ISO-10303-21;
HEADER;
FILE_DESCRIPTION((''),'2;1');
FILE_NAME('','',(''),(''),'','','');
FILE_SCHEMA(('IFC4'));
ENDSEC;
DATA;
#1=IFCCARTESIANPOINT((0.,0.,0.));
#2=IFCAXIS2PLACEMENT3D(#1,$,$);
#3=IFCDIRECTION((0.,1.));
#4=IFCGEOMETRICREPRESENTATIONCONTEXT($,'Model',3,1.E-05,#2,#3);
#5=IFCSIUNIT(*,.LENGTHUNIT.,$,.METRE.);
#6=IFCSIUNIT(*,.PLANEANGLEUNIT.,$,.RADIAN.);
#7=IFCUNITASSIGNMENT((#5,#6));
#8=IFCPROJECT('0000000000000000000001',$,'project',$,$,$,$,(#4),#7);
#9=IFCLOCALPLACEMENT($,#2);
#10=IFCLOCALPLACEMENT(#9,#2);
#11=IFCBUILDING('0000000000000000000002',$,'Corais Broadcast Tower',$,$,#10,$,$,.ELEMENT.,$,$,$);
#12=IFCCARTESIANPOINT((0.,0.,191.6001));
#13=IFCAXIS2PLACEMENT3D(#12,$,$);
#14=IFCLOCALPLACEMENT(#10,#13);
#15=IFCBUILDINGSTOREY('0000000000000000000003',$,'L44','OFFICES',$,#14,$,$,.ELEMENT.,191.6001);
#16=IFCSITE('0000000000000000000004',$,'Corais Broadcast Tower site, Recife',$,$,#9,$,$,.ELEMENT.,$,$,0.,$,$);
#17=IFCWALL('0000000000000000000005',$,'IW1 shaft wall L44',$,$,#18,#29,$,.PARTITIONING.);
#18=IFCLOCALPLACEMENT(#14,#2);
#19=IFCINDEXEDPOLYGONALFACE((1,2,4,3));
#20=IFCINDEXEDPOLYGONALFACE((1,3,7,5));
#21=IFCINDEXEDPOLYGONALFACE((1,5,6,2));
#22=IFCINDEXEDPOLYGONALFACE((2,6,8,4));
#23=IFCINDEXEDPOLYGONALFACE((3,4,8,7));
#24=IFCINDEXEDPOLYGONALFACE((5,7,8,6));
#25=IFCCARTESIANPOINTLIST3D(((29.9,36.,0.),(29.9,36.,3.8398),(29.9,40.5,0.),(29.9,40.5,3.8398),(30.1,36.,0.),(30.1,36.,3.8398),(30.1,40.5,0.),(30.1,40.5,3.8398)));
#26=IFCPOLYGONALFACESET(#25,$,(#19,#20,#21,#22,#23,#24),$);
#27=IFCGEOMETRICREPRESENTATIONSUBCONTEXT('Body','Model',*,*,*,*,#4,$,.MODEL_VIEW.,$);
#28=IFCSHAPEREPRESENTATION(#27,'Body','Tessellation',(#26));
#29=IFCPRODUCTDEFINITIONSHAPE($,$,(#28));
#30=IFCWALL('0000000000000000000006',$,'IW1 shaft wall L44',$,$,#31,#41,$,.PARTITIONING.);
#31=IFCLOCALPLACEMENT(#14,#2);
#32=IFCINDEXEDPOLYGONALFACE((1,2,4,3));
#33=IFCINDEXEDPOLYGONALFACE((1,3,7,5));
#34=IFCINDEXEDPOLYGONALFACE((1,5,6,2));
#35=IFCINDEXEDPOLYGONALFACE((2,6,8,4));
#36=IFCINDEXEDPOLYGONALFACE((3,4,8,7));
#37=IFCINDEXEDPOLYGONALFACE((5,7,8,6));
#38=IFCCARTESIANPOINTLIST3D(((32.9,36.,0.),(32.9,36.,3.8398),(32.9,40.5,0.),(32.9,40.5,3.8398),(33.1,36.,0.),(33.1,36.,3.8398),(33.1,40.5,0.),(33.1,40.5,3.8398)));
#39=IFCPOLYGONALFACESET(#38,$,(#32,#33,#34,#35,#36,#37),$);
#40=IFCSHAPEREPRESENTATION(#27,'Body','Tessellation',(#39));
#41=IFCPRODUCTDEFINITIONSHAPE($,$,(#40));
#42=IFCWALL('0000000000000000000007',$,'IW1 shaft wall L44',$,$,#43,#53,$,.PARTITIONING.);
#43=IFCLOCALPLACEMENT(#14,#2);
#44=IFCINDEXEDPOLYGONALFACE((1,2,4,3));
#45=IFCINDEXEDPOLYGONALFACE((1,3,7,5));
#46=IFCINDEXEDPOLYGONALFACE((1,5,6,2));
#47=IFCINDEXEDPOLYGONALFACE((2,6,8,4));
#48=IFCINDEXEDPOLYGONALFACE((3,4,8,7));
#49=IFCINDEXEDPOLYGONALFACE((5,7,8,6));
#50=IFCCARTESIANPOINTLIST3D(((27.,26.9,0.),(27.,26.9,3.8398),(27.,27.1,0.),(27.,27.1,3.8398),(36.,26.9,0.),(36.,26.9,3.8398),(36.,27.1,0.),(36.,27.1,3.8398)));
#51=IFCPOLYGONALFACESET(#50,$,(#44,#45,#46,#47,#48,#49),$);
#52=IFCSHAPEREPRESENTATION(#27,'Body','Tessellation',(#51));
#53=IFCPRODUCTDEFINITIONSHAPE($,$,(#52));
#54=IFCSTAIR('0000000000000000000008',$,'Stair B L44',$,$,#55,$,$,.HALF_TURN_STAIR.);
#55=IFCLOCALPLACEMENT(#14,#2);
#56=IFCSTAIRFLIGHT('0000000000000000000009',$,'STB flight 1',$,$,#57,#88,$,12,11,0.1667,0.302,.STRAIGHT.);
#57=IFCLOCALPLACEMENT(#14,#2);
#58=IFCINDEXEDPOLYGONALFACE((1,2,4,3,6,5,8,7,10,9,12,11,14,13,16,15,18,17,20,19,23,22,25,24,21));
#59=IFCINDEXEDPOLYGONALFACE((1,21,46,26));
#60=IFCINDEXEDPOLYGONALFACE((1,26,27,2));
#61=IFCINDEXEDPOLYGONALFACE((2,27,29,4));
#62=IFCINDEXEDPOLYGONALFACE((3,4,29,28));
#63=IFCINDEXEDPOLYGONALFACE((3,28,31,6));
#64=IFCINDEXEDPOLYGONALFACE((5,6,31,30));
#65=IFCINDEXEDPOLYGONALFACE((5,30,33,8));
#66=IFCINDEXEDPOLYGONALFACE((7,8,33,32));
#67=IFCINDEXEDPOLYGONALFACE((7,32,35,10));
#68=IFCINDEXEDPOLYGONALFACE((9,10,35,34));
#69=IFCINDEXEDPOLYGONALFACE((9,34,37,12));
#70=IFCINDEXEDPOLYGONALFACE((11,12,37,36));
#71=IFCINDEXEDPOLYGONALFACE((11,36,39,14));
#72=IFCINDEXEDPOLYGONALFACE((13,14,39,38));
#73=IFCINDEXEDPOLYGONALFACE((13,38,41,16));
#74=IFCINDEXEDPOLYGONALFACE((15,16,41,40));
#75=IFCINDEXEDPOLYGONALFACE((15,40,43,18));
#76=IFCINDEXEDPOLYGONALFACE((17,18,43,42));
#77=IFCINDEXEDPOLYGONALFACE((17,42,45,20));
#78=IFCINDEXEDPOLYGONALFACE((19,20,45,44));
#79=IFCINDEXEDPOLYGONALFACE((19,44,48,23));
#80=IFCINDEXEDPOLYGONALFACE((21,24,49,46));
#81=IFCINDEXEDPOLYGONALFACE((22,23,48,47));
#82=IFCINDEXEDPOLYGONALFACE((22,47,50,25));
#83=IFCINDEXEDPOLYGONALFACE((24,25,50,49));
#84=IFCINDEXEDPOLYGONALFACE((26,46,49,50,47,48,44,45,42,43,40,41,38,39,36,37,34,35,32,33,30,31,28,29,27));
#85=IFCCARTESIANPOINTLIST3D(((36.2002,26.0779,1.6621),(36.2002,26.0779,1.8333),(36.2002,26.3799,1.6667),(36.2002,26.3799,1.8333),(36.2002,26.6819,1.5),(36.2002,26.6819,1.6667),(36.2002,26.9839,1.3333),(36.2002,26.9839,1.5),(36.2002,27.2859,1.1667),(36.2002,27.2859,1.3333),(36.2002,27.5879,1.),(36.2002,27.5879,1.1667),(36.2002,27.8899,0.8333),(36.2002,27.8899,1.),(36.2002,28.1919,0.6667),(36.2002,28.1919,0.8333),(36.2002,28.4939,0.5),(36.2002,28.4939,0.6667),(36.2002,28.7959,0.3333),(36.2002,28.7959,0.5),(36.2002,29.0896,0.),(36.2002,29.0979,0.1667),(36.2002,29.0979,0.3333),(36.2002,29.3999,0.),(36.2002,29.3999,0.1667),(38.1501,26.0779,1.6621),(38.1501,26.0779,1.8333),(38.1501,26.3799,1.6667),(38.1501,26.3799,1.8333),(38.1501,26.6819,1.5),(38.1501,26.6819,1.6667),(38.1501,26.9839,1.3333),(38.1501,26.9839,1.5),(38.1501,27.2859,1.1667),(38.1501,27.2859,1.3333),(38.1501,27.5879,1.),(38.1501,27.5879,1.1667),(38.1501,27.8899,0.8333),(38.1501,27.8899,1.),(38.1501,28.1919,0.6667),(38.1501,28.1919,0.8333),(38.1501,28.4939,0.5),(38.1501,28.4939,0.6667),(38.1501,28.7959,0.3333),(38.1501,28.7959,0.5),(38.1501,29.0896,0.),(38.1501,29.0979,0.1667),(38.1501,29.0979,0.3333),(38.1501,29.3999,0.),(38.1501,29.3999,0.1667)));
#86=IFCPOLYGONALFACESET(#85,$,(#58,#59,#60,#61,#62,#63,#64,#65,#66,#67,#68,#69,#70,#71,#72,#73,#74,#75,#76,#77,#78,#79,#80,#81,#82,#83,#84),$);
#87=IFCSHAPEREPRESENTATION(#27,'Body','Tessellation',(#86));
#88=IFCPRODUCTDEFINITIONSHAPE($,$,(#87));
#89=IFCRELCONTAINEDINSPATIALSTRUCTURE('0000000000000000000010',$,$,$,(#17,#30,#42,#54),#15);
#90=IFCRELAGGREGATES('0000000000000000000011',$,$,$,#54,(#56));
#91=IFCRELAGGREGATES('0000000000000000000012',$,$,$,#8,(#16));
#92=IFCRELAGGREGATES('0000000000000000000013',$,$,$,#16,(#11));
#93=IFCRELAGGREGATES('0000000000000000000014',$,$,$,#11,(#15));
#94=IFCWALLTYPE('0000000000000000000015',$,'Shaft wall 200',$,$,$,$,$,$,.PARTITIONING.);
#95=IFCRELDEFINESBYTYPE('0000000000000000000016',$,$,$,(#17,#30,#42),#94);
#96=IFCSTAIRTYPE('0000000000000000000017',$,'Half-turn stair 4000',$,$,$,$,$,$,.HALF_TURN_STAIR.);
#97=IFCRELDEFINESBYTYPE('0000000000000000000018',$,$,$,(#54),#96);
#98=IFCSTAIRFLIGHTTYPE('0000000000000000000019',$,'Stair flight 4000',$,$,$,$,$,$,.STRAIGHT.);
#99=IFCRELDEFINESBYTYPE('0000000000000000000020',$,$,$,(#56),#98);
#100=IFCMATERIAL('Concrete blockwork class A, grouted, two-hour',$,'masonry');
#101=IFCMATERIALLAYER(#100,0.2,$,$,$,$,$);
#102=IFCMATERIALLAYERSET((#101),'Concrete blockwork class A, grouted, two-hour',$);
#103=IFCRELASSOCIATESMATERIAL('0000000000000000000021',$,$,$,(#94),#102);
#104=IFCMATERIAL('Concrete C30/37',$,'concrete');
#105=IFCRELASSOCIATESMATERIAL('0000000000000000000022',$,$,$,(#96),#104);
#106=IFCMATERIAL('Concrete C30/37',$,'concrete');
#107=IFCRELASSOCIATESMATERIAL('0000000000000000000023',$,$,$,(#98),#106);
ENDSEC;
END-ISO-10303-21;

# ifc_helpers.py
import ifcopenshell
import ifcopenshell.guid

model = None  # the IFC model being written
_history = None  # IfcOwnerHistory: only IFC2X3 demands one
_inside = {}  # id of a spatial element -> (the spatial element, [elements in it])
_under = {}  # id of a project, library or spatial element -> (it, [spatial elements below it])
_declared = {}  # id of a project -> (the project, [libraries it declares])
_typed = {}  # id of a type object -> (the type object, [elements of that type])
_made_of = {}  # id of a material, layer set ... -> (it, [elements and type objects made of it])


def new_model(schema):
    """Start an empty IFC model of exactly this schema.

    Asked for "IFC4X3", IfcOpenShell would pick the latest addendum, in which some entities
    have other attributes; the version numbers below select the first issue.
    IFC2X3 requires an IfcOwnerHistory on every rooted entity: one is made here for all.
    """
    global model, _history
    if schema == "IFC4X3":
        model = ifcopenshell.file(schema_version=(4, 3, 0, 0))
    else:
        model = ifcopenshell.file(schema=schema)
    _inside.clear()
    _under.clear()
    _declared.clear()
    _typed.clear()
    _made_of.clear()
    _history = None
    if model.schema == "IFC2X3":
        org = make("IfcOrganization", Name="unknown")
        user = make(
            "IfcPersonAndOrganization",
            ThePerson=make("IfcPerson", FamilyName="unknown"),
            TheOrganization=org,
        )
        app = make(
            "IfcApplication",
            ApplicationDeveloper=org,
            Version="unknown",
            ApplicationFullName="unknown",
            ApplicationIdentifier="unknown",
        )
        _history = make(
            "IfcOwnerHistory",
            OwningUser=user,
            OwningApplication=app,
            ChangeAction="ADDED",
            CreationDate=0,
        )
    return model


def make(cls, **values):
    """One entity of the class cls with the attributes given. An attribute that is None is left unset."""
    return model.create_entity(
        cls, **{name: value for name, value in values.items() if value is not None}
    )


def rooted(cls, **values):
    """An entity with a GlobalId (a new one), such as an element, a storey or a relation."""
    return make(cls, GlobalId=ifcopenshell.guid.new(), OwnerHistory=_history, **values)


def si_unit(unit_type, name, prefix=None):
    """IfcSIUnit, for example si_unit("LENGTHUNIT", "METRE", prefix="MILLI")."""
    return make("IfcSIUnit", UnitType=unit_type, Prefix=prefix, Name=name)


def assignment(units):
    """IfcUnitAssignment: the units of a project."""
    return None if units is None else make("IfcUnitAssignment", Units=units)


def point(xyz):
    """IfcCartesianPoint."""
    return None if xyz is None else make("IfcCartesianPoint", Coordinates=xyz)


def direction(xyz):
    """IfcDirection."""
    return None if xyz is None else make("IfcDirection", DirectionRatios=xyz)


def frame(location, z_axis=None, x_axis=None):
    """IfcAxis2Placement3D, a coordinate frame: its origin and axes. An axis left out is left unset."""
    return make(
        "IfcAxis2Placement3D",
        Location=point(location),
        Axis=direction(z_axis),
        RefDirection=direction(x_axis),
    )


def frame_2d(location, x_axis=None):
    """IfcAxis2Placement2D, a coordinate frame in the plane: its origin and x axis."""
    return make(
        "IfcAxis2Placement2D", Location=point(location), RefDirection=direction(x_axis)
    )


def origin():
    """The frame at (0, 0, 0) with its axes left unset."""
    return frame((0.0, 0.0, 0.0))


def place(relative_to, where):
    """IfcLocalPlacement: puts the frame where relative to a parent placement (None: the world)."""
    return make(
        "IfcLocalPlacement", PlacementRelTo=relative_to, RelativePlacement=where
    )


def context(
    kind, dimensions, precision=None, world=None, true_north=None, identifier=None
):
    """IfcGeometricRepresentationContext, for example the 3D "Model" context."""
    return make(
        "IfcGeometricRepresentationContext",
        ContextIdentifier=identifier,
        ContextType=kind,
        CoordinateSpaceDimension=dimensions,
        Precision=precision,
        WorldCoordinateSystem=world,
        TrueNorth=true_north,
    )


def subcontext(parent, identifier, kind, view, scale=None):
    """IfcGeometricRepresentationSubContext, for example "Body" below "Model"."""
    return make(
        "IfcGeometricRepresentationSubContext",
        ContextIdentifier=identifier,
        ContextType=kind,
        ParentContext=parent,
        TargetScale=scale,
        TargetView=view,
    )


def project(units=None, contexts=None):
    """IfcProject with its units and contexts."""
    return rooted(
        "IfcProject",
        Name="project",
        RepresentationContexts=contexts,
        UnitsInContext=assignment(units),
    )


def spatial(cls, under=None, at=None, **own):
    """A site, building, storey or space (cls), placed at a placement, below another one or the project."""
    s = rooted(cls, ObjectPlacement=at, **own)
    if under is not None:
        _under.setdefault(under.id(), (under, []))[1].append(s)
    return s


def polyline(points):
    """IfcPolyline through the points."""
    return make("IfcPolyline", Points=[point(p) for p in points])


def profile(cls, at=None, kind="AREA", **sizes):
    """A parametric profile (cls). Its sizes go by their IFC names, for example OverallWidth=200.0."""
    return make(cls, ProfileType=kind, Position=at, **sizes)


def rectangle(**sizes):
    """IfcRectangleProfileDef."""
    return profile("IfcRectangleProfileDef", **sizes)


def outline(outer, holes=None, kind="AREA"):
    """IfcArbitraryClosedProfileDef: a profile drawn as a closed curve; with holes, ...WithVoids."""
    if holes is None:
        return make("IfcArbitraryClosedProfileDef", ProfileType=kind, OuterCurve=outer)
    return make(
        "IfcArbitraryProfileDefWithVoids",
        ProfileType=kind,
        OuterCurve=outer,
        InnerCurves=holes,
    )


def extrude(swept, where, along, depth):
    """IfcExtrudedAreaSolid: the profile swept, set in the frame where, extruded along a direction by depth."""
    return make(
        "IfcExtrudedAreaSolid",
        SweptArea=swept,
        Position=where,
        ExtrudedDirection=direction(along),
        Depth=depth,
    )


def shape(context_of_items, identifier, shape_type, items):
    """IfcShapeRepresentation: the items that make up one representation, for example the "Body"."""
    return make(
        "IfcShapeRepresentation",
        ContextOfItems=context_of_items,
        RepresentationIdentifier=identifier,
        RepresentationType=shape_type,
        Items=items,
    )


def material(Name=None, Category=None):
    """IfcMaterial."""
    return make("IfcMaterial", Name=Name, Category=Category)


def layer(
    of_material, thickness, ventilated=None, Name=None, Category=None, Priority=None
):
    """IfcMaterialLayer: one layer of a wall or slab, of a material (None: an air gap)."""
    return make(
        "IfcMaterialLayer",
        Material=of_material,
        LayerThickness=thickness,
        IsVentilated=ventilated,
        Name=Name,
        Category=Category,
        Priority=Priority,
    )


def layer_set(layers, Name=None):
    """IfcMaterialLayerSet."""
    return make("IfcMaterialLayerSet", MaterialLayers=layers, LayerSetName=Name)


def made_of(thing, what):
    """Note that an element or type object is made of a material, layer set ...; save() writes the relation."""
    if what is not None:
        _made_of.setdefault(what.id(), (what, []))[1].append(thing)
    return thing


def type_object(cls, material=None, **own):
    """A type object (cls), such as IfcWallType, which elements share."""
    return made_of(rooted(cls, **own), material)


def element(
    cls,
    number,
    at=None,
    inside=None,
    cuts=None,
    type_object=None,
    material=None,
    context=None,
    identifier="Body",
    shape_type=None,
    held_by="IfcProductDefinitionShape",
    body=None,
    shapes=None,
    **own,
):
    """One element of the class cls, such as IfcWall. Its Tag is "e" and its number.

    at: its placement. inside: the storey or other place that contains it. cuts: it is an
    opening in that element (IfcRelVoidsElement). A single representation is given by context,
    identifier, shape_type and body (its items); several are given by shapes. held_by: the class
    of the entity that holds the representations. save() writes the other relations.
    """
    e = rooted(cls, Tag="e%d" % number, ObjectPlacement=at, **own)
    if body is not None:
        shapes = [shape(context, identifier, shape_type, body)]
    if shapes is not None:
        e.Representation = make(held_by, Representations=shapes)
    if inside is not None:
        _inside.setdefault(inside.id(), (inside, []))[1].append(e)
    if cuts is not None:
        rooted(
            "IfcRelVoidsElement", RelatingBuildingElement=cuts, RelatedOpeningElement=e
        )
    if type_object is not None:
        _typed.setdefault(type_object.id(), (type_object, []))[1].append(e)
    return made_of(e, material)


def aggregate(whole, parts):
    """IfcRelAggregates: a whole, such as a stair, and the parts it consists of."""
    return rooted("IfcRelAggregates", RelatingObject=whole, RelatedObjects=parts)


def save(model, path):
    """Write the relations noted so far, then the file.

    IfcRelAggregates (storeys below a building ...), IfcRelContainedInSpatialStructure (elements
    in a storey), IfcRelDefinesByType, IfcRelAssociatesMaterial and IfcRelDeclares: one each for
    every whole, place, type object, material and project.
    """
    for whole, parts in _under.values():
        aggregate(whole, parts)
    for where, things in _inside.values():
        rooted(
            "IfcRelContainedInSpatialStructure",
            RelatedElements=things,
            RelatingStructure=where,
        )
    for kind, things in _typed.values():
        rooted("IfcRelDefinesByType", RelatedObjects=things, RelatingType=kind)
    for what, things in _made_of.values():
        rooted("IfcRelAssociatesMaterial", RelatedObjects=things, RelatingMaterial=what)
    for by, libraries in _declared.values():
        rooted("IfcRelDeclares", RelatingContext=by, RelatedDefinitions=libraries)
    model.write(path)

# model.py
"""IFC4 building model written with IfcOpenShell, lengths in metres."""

from ifc_helpers import new_model, si_unit, direction, frame, frame_2d, origin, place, context, subcontext, project, spatial, polyline, rectangle, outline, extrude, material, layer, layer_set, type_object, element, aggregate, save


model = new_model("IFC4")

# Units and contexts
model_context = context("Model", 3, precision=1e-05, world=origin(), true_north=direction((0.0, 1.0)))
body_context = subcontext(model_context, "Body", "Model", "MODEL_VIEW")
ifc_project = project(units=[si_unit("LENGTHUNIT", "METRE"), si_unit("PLANEANGLEUNIT", "RADIAN")], contexts=[model_context])

# Site, building, storey
site_placement = place(None, origin())
site = spatial("IfcSite", under=ifc_project, at=site_placement, Name="Corais Broadcast Tower site, Recife", CompositionType="ELEMENT", RefElevation=0.0)
building_placement = place(site_placement, origin())
building = spatial("IfcBuilding", under=site, at=building_placement, Name="Corais Broadcast Tower", CompositionType="ELEMENT")
storey_placement = place(building_placement, frame((0.0, 0.0, 191.6001)))
storey = spatial("IfcBuildingStorey", under=building, at=storey_placement, Name="L44", Description="OFFICES", CompositionType="ELEMENT", Elevation=191.6001)

# Walls
ifc_material_1 = material(Name="Concrete blockwork class A, grouted, two-hour", Category="masonry")
ifc_layer_1 = layer(ifc_material_1, 0.2)
ifc_layer_set_1 = layer_set([ifc_layer_1], Name="Concrete blockwork class A, grouted, two-hour")
wall_type_1 = type_object("IfcWallType", Name="Shaft wall 200", PredefinedType="PARTITIONING", material=ifc_layer_set_1)
for number, where, z_axis, x_axis, name in (
    (1, (30.0, 36.0, 0.0), (0.0, 0.0, 1.0), (0.0, 1.0, 0.0), "IW1 shaft wall L44"),
    (2, (33.0, 36.0, 0.0), (0.0, 0.0, 1.0), (0.0, 1.0, 0.0), "IW1 shaft wall L44"),
):
    element("IfcWall", number, at=place(storey_placement, frame(where, z_axis=z_axis, x_axis=x_axis)), inside=storey, type_object=wall_type_1, Name=name, PredefinedType="PARTITIONING", context=body_context, shape_type="SweptSolid", body=[
        extrude(rectangle(XDim=4.5, YDim=0.2, at=frame_2d((2.25, 0.0))), origin(), (0.0, 0.0, 1.0), 3.8398),
    ])
wall_1_placement = place(storey_placement, frame((27.0, 27.0, 0.0), z_axis=(0.0, 0.0, 1.0), x_axis=(1.0, 0.0, 0.0)))
element("IfcWall", 3, at=wall_1_placement, inside=storey, type_object=wall_type_1, Name="IW1 shaft wall L44", PredefinedType="PARTITIONING", context=body_context, shape_type="SweptSolid", body=[
    extrude(rectangle(XDim=9.0, YDim=0.2, at=frame_2d((4.5, 0.0))), origin(), (0.0, 0.0, 1.0), 3.8398),
])

# Stair, stair flight
ifc_material_2 = material(Name="Concrete C30/37", Category="concrete")
stair_type = type_object("IfcStairType", Name="Half-turn stair 4000", PredefinedType="HALF_TURN_STAIR", material=ifc_material_2)
stair_placement = place(storey_placement, origin())
stair = element("IfcStair", 4, at=stair_placement, inside=storey, type_object=stair_type, Name="Stair B L44", PredefinedType="HALF_TURN_STAIR")
ifc_material_3 = material(Name="Concrete C30/37", Category="concrete")
stair_flight_type = type_object("IfcStairFlightType", Name="Stair flight 4000", PredefinedType="STRAIGHT", material=ifc_material_3)
stair_flight_placement = place(storey_placement, frame((37.175, 29.3999, 0.0), z_axis=(0.0, 0.0, 1.0), x_axis=(0.0, -1.0, 0.0)))
stair_flight = element("IfcStairFlight", 5, at=stair_flight_placement, type_object=stair_flight_type, Name="STB flight 1", NumberOfRisers=12, NumberOfTreads=11, PredefinedType="STRAIGHT", RiserHeight=0.1667, TreadLength=0.302, context=body_context, shape_type="SweptSolid", body=[
    extrude(outline(polyline([(0.0, 0.0), (0.0, 0.1667), (0.302, 0.1667), (0.302, 0.3333), (0.604, 0.3333), (0.604, 0.5), (0.906, 0.5), (0.906, 0.6667), (1.208, 0.6667), (1.208, 0.8333), (1.51, 0.8333), (1.51, 1.0), (1.812, 1.0), (1.812, 1.1667), (2.114, 1.1667), (2.114, 1.3333), (2.416, 1.3333), (2.416, 1.5), (2.718, 1.5), (2.718, 1.6667), (3.02, 1.6667), (3.02, 1.8333), (3.322, 1.8333), (3.322, 2.0), (3.322, 1.6621), (0.3103, 0.0), (0.0, 0.0)])), frame((0.0, 0.9751, 0.0), z_axis=(0.0, -1.0, 0.0), x_axis=(1.0, 0.0, 0.0)), (0.0, 0.0, 1.0), 1.95),
])
aggregate(stair, [stair_flight])

save(model, "model.ifc")
